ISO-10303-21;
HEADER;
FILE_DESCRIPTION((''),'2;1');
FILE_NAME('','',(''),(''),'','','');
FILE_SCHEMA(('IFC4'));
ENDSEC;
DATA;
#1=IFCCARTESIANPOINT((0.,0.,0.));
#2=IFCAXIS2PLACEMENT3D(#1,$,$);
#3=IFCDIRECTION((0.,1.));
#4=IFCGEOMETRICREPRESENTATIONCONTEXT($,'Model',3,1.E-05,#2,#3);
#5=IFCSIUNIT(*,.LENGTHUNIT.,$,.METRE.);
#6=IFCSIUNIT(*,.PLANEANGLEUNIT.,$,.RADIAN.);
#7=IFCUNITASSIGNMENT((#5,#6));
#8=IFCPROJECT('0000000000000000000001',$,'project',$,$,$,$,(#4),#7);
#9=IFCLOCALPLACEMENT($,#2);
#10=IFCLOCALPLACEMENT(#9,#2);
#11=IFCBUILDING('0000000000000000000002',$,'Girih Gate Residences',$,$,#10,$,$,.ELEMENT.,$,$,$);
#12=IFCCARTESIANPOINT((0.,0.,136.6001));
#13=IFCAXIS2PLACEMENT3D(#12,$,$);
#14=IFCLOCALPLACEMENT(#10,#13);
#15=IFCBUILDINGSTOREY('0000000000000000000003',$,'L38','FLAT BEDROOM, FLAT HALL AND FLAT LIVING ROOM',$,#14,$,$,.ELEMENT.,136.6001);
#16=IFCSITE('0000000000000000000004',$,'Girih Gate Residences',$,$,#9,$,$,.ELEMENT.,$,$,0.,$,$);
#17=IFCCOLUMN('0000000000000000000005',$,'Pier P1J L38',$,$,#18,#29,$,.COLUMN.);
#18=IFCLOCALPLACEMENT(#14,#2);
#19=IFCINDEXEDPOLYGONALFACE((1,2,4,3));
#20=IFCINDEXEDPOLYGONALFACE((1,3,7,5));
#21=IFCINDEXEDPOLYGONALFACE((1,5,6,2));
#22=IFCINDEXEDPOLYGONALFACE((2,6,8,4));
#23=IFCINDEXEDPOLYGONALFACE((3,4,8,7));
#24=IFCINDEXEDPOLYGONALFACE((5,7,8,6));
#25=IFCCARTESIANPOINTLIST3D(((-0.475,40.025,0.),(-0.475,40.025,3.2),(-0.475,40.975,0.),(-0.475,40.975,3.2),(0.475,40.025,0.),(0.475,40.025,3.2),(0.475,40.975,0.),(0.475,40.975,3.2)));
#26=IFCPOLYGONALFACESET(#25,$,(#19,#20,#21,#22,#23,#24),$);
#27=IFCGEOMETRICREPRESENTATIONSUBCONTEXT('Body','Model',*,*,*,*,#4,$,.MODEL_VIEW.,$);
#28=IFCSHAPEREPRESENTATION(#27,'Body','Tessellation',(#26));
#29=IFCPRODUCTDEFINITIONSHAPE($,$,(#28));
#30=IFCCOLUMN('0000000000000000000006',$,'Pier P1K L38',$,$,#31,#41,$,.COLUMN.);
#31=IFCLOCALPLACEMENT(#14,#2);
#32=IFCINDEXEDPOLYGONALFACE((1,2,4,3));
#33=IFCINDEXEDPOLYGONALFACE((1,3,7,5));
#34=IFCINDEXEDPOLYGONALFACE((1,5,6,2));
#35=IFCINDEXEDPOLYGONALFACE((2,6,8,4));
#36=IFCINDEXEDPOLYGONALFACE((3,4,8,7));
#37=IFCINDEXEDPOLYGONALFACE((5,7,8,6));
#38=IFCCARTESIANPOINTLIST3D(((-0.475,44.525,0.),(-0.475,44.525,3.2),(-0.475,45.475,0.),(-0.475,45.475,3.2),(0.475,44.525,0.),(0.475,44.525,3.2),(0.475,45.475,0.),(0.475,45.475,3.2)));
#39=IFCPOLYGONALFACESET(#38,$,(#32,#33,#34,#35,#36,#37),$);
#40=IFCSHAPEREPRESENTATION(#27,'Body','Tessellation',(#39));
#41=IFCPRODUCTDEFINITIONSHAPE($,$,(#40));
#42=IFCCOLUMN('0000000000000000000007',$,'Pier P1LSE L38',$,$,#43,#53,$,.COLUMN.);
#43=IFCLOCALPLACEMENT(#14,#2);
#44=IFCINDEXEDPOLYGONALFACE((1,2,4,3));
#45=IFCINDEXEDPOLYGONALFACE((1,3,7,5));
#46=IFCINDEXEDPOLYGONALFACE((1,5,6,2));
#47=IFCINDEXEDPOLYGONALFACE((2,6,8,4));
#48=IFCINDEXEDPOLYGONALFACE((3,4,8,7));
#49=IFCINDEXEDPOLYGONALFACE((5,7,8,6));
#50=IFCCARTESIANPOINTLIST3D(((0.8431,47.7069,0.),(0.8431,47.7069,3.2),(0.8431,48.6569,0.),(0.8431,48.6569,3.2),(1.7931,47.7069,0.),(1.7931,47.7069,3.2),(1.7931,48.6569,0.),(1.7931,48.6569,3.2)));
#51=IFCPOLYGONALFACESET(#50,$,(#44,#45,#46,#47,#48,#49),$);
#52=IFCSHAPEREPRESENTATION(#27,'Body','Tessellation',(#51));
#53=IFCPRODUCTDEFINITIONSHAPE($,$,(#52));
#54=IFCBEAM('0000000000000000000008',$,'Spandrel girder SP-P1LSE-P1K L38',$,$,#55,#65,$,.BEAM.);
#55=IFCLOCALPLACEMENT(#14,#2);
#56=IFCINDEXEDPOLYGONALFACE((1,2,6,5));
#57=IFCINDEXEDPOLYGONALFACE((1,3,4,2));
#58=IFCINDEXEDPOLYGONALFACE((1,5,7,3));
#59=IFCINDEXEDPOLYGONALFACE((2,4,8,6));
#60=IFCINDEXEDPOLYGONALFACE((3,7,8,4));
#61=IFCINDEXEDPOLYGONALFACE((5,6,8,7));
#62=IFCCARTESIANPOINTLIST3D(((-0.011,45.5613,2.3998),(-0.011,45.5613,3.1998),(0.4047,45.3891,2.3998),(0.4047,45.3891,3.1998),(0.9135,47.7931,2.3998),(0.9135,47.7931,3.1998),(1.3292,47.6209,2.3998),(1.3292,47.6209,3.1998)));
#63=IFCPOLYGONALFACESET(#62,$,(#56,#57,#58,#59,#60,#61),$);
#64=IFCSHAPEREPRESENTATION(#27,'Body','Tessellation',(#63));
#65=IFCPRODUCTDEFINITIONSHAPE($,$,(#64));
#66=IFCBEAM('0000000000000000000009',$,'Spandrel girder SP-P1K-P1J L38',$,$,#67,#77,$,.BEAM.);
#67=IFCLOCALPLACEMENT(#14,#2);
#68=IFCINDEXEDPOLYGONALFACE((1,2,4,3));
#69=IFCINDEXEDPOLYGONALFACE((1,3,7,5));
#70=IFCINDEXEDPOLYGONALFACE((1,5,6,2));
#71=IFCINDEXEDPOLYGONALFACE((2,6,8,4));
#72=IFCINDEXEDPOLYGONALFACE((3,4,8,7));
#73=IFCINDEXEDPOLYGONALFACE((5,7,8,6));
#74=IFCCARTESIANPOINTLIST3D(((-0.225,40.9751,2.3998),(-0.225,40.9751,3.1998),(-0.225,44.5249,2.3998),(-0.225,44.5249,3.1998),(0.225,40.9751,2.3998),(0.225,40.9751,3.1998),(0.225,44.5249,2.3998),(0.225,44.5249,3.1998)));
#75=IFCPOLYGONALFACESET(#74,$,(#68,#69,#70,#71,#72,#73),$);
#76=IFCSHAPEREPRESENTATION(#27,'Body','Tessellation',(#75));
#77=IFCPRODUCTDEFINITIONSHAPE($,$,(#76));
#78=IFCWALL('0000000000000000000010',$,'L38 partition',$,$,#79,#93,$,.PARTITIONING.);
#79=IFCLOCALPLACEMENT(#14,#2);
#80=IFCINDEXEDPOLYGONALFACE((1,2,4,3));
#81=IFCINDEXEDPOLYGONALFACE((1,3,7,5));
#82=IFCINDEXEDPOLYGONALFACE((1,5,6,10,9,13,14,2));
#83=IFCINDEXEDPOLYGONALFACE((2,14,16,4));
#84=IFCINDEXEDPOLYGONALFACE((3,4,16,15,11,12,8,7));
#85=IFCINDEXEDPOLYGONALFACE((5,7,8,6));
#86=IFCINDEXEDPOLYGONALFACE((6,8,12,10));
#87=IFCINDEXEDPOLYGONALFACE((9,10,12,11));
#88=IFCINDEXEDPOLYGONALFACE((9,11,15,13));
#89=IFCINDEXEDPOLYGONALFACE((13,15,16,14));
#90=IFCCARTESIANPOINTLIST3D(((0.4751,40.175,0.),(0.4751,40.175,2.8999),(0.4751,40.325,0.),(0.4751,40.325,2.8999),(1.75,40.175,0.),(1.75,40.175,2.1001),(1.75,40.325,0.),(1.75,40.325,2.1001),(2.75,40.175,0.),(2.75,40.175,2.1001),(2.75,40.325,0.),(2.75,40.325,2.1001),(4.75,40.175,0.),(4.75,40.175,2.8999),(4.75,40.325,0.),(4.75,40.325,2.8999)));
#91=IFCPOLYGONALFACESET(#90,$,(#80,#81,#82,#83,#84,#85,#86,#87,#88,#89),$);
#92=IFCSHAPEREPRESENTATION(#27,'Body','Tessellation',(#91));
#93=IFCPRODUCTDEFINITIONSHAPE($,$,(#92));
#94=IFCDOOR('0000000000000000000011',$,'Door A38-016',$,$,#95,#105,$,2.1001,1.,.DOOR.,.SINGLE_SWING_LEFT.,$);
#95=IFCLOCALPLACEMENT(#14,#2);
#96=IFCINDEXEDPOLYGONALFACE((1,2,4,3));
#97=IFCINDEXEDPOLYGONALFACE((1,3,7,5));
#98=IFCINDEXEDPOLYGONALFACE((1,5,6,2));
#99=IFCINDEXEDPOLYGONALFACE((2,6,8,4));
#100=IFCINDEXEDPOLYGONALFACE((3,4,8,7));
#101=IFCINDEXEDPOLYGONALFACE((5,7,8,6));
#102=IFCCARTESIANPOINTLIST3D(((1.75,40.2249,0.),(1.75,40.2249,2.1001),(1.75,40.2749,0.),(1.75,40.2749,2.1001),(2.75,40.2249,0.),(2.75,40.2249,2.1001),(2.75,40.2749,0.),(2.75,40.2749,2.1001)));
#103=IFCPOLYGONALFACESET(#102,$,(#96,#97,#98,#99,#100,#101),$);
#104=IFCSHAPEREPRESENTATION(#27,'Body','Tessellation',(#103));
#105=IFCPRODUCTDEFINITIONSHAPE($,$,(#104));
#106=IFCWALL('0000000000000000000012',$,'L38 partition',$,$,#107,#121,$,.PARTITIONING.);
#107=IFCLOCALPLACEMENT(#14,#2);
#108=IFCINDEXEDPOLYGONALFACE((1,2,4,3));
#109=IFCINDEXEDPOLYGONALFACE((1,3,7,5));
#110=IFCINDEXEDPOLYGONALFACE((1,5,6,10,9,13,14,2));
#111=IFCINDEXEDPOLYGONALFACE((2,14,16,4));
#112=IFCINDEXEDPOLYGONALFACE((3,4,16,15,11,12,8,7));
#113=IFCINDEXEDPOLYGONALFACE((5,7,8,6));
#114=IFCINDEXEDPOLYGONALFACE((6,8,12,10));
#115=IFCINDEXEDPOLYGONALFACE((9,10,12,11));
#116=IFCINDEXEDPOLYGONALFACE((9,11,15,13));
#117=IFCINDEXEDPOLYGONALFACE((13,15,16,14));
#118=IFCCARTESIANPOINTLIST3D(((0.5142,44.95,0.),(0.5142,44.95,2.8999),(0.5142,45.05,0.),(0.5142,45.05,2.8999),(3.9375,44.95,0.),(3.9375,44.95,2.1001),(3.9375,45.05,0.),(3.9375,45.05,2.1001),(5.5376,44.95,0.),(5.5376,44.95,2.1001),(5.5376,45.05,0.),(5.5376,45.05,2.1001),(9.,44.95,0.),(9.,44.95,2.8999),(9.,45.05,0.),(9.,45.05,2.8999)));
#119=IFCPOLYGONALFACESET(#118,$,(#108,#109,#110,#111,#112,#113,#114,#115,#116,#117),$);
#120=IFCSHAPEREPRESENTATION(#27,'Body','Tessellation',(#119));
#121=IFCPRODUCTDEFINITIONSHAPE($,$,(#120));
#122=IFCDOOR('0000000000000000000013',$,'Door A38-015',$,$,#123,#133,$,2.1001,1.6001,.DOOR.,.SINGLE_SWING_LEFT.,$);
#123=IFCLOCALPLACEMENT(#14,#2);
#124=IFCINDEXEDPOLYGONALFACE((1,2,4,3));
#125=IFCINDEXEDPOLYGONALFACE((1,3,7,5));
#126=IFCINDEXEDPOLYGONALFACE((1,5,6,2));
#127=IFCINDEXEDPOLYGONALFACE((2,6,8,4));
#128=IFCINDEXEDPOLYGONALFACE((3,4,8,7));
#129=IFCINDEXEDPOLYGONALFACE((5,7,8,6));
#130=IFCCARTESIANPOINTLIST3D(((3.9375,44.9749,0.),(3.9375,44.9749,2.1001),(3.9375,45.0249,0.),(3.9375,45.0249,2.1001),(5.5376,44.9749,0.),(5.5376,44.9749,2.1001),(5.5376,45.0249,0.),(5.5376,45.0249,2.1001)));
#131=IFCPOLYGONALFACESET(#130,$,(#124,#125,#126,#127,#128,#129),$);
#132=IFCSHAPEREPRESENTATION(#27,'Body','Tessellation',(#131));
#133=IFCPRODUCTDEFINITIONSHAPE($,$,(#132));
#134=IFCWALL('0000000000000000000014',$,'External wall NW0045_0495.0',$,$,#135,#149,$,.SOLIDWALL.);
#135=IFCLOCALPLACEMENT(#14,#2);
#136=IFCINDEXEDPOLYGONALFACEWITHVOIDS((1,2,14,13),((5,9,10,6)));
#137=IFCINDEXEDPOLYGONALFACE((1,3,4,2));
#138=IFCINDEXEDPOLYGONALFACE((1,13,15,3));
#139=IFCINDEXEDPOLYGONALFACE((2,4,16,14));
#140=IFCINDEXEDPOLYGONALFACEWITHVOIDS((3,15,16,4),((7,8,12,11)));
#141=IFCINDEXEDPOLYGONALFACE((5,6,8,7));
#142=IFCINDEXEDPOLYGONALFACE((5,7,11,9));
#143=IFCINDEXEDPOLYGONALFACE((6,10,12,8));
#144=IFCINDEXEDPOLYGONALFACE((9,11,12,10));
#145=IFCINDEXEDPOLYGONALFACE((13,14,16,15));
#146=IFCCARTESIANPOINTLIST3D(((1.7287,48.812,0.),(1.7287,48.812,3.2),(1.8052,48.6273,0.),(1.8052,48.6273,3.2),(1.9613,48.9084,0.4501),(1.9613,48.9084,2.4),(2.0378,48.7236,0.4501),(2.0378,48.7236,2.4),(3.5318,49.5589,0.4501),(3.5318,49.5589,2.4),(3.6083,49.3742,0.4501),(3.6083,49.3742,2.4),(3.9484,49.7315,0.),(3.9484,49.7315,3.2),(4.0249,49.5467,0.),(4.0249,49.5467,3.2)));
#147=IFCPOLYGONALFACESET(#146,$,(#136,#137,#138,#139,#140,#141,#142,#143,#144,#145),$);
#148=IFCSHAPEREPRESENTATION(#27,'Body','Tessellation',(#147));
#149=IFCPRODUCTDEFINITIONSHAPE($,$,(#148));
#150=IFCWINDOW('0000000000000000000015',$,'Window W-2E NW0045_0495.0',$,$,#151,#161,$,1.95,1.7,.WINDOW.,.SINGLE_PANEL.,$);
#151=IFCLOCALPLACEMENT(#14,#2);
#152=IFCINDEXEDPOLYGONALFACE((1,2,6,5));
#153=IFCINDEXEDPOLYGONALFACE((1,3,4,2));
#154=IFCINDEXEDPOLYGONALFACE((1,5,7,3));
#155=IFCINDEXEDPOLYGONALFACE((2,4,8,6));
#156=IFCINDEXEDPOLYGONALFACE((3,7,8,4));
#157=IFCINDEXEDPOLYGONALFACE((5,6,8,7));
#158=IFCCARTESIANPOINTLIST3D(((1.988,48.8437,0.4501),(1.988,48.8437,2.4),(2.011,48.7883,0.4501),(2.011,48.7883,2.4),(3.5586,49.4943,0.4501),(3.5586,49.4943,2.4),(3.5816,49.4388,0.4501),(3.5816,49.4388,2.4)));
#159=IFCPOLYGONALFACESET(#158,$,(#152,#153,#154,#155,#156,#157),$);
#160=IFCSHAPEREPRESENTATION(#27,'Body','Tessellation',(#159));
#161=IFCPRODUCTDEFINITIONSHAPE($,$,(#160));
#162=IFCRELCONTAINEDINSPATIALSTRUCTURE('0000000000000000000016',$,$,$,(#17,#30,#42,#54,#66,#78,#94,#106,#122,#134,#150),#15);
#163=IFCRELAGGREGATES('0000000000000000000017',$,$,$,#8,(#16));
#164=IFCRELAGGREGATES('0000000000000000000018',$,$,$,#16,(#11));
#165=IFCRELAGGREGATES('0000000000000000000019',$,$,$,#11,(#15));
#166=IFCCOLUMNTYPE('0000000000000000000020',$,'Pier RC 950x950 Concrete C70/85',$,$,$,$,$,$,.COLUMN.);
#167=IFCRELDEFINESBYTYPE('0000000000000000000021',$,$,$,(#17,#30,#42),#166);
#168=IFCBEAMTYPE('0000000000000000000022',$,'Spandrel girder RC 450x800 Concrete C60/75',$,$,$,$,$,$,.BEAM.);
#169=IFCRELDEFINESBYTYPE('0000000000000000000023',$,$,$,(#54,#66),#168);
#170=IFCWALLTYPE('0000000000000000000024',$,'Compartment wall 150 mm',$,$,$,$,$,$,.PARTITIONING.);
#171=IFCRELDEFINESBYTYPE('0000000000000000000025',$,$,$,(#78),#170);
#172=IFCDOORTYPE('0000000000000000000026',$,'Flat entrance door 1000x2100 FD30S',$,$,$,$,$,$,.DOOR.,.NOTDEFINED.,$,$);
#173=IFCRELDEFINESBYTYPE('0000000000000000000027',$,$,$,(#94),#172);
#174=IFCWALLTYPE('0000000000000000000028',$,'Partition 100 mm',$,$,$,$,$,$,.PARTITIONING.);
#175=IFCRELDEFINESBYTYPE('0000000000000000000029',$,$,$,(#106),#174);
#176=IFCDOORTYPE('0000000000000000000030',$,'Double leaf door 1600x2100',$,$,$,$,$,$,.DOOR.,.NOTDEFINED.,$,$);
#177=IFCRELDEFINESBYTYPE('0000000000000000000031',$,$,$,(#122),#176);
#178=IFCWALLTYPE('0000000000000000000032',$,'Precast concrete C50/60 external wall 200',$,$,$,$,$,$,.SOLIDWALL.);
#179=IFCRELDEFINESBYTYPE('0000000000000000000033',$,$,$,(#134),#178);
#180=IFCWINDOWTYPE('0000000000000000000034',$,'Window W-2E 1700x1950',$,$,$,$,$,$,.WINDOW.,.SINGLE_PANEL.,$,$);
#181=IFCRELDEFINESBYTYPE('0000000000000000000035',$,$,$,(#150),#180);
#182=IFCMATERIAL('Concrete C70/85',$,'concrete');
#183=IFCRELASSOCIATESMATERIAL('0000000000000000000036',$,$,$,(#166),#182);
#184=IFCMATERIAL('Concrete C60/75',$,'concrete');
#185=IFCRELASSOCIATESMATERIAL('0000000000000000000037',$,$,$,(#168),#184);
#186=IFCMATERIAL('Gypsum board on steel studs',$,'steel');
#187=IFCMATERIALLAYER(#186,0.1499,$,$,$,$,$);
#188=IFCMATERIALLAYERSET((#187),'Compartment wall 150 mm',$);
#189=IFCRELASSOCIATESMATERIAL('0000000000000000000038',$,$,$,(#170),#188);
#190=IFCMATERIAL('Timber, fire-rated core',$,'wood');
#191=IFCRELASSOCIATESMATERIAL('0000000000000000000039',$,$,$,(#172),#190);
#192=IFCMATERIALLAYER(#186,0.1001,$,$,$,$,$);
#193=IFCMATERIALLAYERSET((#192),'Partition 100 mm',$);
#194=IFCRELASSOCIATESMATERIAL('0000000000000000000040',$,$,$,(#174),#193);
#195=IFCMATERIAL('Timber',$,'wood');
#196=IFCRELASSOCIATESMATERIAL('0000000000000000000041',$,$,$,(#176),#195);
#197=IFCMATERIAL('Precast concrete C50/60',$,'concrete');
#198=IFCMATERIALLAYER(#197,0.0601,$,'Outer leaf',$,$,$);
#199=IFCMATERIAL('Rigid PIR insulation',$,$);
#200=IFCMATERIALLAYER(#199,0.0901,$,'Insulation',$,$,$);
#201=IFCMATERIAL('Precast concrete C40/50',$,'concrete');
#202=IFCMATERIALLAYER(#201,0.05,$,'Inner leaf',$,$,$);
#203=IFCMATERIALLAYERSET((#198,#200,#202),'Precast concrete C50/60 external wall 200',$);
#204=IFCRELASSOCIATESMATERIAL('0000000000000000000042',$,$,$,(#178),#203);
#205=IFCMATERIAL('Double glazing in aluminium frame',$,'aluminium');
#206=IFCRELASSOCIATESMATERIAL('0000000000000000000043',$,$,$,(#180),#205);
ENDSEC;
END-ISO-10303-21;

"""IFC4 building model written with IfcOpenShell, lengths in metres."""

from ifc_helpers import new_model, si_unit, direction, frame, frame_2d, origin, origin_2d, place, context, subcontext, project, spatial, rectangle, extrude, material, layer, layer_set, material_profile, profile_set, type_object, element, fill, save


model = new_model("IFC4")

# Units and contexts
model_context = context("Model", 3, precision=1e-05, world=origin(), true_north=direction((0.0, 1.0)))
body_context = subcontext(model_context, "Body", "Model", "MODEL_VIEW")
ifc_project = project(units=[si_unit("LENGTHUNIT", "METRE"), si_unit("PLANEANGLEUNIT", "RADIAN")], contexts=[model_context])

# Site, building, storey
site_placement = place(None, origin())
site = spatial("IfcSite", under=ifc_project, at=site_placement, Name="Girih Gate Residences", CompositionType="ELEMENT", RefElevation=0.0)
building_placement = place(site_placement, origin())
building = spatial("IfcBuilding", under=site, at=building_placement, Name="Girih Gate Residences", CompositionType="ELEMENT")
storey_placement = place(building_placement, frame((0.0, 0.0, 136.6001)))
storey = spatial("IfcBuildingStorey", under=building, at=storey_placement, Name="L38", Description="FLAT BEDROOM, FLAT HALL AND FLAT LIVING ROOM", CompositionType="ELEMENT", Elevation=136.6001)

# Columns
ifc_material_1 = material(Name="Concrete C70/85", Category="concrete")
ifc_material_profile_1 = material_profile(ifc_material_1, rectangle(XDim=0.95, YDim=0.95, at=origin_2d()))
ifc_profile_set_1 = profile_set([ifc_material_profile_1], Name="Concrete C70/85")
column_type = type_object("IfcColumnType", Name="Pier RC 950x950 Concrete C70/85", PredefinedType="COLUMN", material=ifc_profile_set_1)
for number, where, z_axis, x_axis, name in (
    (1, (0.0, 40.5, 0.0), (0.0, 0.0, 1.0), (1.0, 0.0, 0.0), "Pier P1J L38"),
    (2, (0.0, 45.0, 0.0), (0.0, 0.0, 1.0), (1.0, 0.0, 0.0), "Pier P1K L38"),
    (3, (1.3181, 48.1819, 0.0), (0.0, 0.0, 1.0), (1.0, 0.0, 0.0), "Pier P1LSE L38"),
):
    element("IfcColumn", number, at=place(storey_placement, frame(where, z_axis=z_axis, x_axis=x_axis)), inside=storey, type_object=column_type, Name=name, PredefinedType="COLUMN", context=body_context, shape_type="SweptSolid", body=[
        extrude(rectangle(XDim=0.95, YDim=0.95, at=origin_2d()), origin(), (0.0, 0.0, 1.0), 3.2),
    ])

# Beams
ifc_material_2 = material(Name="Concrete C60/75", Category="concrete")
ifc_material_profile_2 = material_profile(ifc_material_2, rectangle(XDim=0.45, YDim=0.8, at=origin_2d()))
ifc_profile_set_2 = profile_set([ifc_material_profile_2], Name="Concrete C60/75")
beam_type = type_object("IfcBeamType", Name="Spandrel girder RC 450x800 Concrete C60/75", PredefinedType="BEAM", material=ifc_profile_set_2)
beam_1_placement = place(storey_placement, frame((1.1213, 47.707, 2.7998), z_axis=(-0.382706, -0.92387, 0.0), x_axis=(0.92387, -0.382706, 0.0)))
element("IfcBeam", 4, at=beam_1_placement, inside=storey, type_object=beam_type, Name="Spandrel girder SP-P1LSE-P1K L38", PredefinedType="BEAM", context=body_context, shape_type="SweptSolid", body=[
    extrude(rectangle(XDim=0.45, YDim=0.8, at=origin_2d()), origin(), (0.0, 0.0, 1.0), 2.4158),
])
beam_2_placement = place(storey_placement, frame((0.0, 44.5249, 2.7998), z_axis=(0.0, -1.0, 0.0), x_axis=(1.0, 0.0, 0.0)))
element("IfcBeam", 5, at=beam_2_placement, inside=storey, type_object=beam_type, Name="Spandrel girder SP-P1K-P1J L38", PredefinedType="BEAM", context=body_context, shape_type="SweptSolid", body=[
    extrude(rectangle(XDim=0.45, YDim=0.8, at=origin_2d()), origin(), (0.0, 0.0, 1.0), 3.5498),
])

# Walls, openings, doors
ifc_material_3 = material(Name="Gypsum board on steel studs", Category="steel")
ifc_layer_1 = layer(ifc_material_3, 0.1499)
ifc_layer_set_1 = layer_set([ifc_layer_1], Name="Compartment wall 150 mm")
wall_type_1 = type_object("IfcWallType", Name="Compartment wall 150 mm", PredefinedType="PARTITIONING", material=ifc_layer_set_1)
wall_1_placement = place(storey_placement, frame((0.4751, 40.25, 0.0), z_axis=(0.0, 0.0, 1.0), x_axis=(1.0, 0.0, 0.0)))
wall_1 = element("IfcWall", 6, at=wall_1_placement, inside=storey, type_object=wall_type_1, Name="L38 partition", PredefinedType="PARTITIONING", context=body_context, shape_type="SweptSolid", body=[
    extrude(rectangle(XDim=4.2749, YDim=0.1499, at=frame_2d((2.1375, 0.0))), origin(), (0.0, 0.0, 1.0), 2.8999),
])
opening_1_placement = place(wall_1_placement, frame((1.2749, 0.0, 0.0)))
opening_1 = element("IfcOpeningElement", 7, at=opening_1_placement, cuts=wall_1, PredefinedType="OPENING", context=body_context, shape_type="SweptSolid", body=[
    extrude(rectangle(XDim=1.0, YDim=2.1001, at=frame_2d((0.5, 1.05))), frame((0.0, 0.085, 0.0), z_axis=(0.0, -1.0, 0.0), x_axis=(1.0, 0.0, 0.0)), (0.0, 0.0, 1.0), 0.1699),
])
ifc_material_4 = material(Name="Timber, fire-rated core", Category="wood")
door_type_1 = type_object("IfcDoorType", Name="Flat entrance door 1000x2100 FD30S", OperationType="NOTDEFINED", PredefinedType="DOOR", material=ifc_material_4)
door_1_placement = place(opening_1_placement, origin())
door_1 = element("IfcDoor", 8, at=door_1_placement, inside=storey, type_object=door_type_1, Name="Door A38-016", OperationType="SINGLE_SWING_LEFT", OverallHeight=2.1001, OverallWidth=1.0, PredefinedType="DOOR", context=body_context, shape_type="SweptSolid", body=[
    extrude(rectangle(XDim=1.0, YDim=2.1001, at=frame_2d((0.5, 1.05))), frame((0.0, 0.0249, 0.0), z_axis=(0.0, -1.0, 0.0), x_axis=(1.0, 0.0, 0.0)), (0.0, 0.0, 1.0), 0.05),
])
fill(opening_1, door_1)
ifc_layer_2 = layer(ifc_material_3, 0.1001)
ifc_layer_set_2 = layer_set([ifc_layer_2], Name="Partition 100 mm")
wall_type_2 = type_object("IfcWallType", Name="Partition 100 mm", PredefinedType="PARTITIONING", material=ifc_layer_set_2)
wall_2_placement = place(storey_placement, frame((0.5142, 45.0, 0.0), z_axis=(0.0, 0.0, 1.0), x_axis=(1.0, 0.0, 0.0)))
wall_2 = element("IfcWall", 9, at=wall_2_placement, inside=storey, type_object=wall_type_2, Name="L38 partition", PredefinedType="PARTITIONING", context=body_context, shape_type="SweptSolid", body=[
    extrude(rectangle(XDim=8.4858, YDim=0.1001, at=frame_2d((4.2429, 0.0))), origin(), (0.0, 0.0, 1.0), 2.8999),
])
opening_2_placement = place(wall_2_placement, frame((3.4233, 0.0, 0.0)))
opening_2 = element("IfcOpeningElement", 10, at=opening_2_placement, cuts=wall_2, PredefinedType="OPENING", context=body_context, shape_type="SweptSolid", body=[
    extrude(rectangle(XDim=1.6001, YDim=2.1001, at=frame_2d((0.8, 1.05))), frame((0.0, 0.0601, 0.0), z_axis=(0.0, -1.0, 0.0), x_axis=(1.0, 0.0, 0.0)), (0.0, 0.0, 1.0), 0.1201),
])
ifc_material_5 = material(Name="Timber", Category="wood")
door_type_2 = type_object("IfcDoorType", Name="Double leaf door 1600x2100", OperationType="NOTDEFINED", PredefinedType="DOOR", material=ifc_material_5)
door_2_placement = place(opening_2_placement, origin())
door_2 = element("IfcDoor", 11, at=door_2_placement, inside=storey, type_object=door_type_2, Name="Door A38-015", OperationType="SINGLE_SWING_LEFT", OverallHeight=2.1001, OverallWidth=1.6001, PredefinedType="DOOR", context=body_context, shape_type="SweptSolid", body=[
    extrude(rectangle(XDim=1.6001, YDim=2.1001, at=frame_2d((0.8, 1.05))), frame((0.0, 0.0249, 0.0), z_axis=(0.0, -1.0, 0.0), x_axis=(1.0, 0.0, 0.0)), (0.0, 0.0, 1.0), 0.05),
])
fill(opening_2, door_2)

# Wall, opening, window
ifc_material_6 = material(Name="Precast concrete C50/60", Category="concrete")
ifc_layer_3 = layer(ifc_material_6, 0.0601, Name="Outer leaf")
ifc_material_7 = material(Name="Rigid PIR insulation")
ifc_layer_4 = layer(ifc_material_7, 0.0901, Name="Insulation")
ifc_material_8 = material(Name="Precast concrete C40/50", Category="concrete")
ifc_layer_5 = layer(ifc_material_8, 0.05, Name="Inner leaf")
ifc_layer_set_3 = layer_set([ifc_layer_3, ifc_layer_4, ifc_layer_5], Name="Precast concrete C50/60 external wall 200")
wall_type_3 = type_object("IfcWallType", Name="Precast concrete C50/60 external wall 200", PredefinedType="SOLIDWALL", material=ifc_layer_set_3)
wall_3_placement = place(storey_placement, frame((1.7671, 48.7197, 0.0), z_axis=(0.0, 0.0, 1.0), x_axis=(0.923881, 0.382681, 0.0)))
wall_3 = element("IfcWall", 12, at=wall_3_placement, inside=storey, type_object=wall_type_3, Name="External wall NW0045_0495.0", PredefinedType="SOLIDWALL", context=body_context, shape_type="SweptSolid", body=[
    extrude(rectangle(XDim=2.4026, YDim=0.2, at=frame_2d((1.2012, 0.0))), origin(), (0.0, 0.0, 1.0), 3.2),
])
opening_3_placement = place(wall_3_placement, frame((0.2515, 0.0, 0.45)))
opening_3 = element("IfcOpeningElement", 13, at=opening_3_placement, cuts=wall_3, PredefinedType="OPENING", context=body_context, shape_type="SweptSolid", body=[
    extrude(rectangle(XDim=1.7, YDim=1.95, at=frame_2d((0.8501, 0.9751))), frame((0.0, 0.1099, 0.0), z_axis=(0.0, -1.0, 0.0), x_axis=(1.0, 0.0, 0.0)), (0.0, 0.0, 1.0), 0.22),
])
ifc_material_9 = material(Name="Double glazing in aluminium frame", Category="aluminium")
window_type_1 = type_object("IfcWindowType", Name="Window W-2E 1700x1950", PartitioningType="SINGLE_PANEL", PredefinedType="WINDOW", material=ifc_material_9)
window_1_placement = place(opening_3_placement, origin())
window_1 = element("IfcWindow", 14, at=window_1_placement, inside=storey, type_object=window_type_1, Name="Window W-2E NW0045_0495.0", OverallHeight=1.95, OverallWidth=1.7, PartitioningType="SINGLE_PANEL", PredefinedType="WINDOW", context=body_context, shape_type="SweptSolid", body=[
    extrude(rectangle(XDim=1.7, YDim=1.95, at=frame_2d((0.8501, 0.9751))), frame((0.0, 0.03, 0.0), z_axis=(0.0, -1.0, 0.0), x_axis=(1.0, 0.0, 0.0)), (0.0, 0.0, 1.0), 0.0601),
])
fill(opening_3, window_1)

save(model, "model.ifc")
